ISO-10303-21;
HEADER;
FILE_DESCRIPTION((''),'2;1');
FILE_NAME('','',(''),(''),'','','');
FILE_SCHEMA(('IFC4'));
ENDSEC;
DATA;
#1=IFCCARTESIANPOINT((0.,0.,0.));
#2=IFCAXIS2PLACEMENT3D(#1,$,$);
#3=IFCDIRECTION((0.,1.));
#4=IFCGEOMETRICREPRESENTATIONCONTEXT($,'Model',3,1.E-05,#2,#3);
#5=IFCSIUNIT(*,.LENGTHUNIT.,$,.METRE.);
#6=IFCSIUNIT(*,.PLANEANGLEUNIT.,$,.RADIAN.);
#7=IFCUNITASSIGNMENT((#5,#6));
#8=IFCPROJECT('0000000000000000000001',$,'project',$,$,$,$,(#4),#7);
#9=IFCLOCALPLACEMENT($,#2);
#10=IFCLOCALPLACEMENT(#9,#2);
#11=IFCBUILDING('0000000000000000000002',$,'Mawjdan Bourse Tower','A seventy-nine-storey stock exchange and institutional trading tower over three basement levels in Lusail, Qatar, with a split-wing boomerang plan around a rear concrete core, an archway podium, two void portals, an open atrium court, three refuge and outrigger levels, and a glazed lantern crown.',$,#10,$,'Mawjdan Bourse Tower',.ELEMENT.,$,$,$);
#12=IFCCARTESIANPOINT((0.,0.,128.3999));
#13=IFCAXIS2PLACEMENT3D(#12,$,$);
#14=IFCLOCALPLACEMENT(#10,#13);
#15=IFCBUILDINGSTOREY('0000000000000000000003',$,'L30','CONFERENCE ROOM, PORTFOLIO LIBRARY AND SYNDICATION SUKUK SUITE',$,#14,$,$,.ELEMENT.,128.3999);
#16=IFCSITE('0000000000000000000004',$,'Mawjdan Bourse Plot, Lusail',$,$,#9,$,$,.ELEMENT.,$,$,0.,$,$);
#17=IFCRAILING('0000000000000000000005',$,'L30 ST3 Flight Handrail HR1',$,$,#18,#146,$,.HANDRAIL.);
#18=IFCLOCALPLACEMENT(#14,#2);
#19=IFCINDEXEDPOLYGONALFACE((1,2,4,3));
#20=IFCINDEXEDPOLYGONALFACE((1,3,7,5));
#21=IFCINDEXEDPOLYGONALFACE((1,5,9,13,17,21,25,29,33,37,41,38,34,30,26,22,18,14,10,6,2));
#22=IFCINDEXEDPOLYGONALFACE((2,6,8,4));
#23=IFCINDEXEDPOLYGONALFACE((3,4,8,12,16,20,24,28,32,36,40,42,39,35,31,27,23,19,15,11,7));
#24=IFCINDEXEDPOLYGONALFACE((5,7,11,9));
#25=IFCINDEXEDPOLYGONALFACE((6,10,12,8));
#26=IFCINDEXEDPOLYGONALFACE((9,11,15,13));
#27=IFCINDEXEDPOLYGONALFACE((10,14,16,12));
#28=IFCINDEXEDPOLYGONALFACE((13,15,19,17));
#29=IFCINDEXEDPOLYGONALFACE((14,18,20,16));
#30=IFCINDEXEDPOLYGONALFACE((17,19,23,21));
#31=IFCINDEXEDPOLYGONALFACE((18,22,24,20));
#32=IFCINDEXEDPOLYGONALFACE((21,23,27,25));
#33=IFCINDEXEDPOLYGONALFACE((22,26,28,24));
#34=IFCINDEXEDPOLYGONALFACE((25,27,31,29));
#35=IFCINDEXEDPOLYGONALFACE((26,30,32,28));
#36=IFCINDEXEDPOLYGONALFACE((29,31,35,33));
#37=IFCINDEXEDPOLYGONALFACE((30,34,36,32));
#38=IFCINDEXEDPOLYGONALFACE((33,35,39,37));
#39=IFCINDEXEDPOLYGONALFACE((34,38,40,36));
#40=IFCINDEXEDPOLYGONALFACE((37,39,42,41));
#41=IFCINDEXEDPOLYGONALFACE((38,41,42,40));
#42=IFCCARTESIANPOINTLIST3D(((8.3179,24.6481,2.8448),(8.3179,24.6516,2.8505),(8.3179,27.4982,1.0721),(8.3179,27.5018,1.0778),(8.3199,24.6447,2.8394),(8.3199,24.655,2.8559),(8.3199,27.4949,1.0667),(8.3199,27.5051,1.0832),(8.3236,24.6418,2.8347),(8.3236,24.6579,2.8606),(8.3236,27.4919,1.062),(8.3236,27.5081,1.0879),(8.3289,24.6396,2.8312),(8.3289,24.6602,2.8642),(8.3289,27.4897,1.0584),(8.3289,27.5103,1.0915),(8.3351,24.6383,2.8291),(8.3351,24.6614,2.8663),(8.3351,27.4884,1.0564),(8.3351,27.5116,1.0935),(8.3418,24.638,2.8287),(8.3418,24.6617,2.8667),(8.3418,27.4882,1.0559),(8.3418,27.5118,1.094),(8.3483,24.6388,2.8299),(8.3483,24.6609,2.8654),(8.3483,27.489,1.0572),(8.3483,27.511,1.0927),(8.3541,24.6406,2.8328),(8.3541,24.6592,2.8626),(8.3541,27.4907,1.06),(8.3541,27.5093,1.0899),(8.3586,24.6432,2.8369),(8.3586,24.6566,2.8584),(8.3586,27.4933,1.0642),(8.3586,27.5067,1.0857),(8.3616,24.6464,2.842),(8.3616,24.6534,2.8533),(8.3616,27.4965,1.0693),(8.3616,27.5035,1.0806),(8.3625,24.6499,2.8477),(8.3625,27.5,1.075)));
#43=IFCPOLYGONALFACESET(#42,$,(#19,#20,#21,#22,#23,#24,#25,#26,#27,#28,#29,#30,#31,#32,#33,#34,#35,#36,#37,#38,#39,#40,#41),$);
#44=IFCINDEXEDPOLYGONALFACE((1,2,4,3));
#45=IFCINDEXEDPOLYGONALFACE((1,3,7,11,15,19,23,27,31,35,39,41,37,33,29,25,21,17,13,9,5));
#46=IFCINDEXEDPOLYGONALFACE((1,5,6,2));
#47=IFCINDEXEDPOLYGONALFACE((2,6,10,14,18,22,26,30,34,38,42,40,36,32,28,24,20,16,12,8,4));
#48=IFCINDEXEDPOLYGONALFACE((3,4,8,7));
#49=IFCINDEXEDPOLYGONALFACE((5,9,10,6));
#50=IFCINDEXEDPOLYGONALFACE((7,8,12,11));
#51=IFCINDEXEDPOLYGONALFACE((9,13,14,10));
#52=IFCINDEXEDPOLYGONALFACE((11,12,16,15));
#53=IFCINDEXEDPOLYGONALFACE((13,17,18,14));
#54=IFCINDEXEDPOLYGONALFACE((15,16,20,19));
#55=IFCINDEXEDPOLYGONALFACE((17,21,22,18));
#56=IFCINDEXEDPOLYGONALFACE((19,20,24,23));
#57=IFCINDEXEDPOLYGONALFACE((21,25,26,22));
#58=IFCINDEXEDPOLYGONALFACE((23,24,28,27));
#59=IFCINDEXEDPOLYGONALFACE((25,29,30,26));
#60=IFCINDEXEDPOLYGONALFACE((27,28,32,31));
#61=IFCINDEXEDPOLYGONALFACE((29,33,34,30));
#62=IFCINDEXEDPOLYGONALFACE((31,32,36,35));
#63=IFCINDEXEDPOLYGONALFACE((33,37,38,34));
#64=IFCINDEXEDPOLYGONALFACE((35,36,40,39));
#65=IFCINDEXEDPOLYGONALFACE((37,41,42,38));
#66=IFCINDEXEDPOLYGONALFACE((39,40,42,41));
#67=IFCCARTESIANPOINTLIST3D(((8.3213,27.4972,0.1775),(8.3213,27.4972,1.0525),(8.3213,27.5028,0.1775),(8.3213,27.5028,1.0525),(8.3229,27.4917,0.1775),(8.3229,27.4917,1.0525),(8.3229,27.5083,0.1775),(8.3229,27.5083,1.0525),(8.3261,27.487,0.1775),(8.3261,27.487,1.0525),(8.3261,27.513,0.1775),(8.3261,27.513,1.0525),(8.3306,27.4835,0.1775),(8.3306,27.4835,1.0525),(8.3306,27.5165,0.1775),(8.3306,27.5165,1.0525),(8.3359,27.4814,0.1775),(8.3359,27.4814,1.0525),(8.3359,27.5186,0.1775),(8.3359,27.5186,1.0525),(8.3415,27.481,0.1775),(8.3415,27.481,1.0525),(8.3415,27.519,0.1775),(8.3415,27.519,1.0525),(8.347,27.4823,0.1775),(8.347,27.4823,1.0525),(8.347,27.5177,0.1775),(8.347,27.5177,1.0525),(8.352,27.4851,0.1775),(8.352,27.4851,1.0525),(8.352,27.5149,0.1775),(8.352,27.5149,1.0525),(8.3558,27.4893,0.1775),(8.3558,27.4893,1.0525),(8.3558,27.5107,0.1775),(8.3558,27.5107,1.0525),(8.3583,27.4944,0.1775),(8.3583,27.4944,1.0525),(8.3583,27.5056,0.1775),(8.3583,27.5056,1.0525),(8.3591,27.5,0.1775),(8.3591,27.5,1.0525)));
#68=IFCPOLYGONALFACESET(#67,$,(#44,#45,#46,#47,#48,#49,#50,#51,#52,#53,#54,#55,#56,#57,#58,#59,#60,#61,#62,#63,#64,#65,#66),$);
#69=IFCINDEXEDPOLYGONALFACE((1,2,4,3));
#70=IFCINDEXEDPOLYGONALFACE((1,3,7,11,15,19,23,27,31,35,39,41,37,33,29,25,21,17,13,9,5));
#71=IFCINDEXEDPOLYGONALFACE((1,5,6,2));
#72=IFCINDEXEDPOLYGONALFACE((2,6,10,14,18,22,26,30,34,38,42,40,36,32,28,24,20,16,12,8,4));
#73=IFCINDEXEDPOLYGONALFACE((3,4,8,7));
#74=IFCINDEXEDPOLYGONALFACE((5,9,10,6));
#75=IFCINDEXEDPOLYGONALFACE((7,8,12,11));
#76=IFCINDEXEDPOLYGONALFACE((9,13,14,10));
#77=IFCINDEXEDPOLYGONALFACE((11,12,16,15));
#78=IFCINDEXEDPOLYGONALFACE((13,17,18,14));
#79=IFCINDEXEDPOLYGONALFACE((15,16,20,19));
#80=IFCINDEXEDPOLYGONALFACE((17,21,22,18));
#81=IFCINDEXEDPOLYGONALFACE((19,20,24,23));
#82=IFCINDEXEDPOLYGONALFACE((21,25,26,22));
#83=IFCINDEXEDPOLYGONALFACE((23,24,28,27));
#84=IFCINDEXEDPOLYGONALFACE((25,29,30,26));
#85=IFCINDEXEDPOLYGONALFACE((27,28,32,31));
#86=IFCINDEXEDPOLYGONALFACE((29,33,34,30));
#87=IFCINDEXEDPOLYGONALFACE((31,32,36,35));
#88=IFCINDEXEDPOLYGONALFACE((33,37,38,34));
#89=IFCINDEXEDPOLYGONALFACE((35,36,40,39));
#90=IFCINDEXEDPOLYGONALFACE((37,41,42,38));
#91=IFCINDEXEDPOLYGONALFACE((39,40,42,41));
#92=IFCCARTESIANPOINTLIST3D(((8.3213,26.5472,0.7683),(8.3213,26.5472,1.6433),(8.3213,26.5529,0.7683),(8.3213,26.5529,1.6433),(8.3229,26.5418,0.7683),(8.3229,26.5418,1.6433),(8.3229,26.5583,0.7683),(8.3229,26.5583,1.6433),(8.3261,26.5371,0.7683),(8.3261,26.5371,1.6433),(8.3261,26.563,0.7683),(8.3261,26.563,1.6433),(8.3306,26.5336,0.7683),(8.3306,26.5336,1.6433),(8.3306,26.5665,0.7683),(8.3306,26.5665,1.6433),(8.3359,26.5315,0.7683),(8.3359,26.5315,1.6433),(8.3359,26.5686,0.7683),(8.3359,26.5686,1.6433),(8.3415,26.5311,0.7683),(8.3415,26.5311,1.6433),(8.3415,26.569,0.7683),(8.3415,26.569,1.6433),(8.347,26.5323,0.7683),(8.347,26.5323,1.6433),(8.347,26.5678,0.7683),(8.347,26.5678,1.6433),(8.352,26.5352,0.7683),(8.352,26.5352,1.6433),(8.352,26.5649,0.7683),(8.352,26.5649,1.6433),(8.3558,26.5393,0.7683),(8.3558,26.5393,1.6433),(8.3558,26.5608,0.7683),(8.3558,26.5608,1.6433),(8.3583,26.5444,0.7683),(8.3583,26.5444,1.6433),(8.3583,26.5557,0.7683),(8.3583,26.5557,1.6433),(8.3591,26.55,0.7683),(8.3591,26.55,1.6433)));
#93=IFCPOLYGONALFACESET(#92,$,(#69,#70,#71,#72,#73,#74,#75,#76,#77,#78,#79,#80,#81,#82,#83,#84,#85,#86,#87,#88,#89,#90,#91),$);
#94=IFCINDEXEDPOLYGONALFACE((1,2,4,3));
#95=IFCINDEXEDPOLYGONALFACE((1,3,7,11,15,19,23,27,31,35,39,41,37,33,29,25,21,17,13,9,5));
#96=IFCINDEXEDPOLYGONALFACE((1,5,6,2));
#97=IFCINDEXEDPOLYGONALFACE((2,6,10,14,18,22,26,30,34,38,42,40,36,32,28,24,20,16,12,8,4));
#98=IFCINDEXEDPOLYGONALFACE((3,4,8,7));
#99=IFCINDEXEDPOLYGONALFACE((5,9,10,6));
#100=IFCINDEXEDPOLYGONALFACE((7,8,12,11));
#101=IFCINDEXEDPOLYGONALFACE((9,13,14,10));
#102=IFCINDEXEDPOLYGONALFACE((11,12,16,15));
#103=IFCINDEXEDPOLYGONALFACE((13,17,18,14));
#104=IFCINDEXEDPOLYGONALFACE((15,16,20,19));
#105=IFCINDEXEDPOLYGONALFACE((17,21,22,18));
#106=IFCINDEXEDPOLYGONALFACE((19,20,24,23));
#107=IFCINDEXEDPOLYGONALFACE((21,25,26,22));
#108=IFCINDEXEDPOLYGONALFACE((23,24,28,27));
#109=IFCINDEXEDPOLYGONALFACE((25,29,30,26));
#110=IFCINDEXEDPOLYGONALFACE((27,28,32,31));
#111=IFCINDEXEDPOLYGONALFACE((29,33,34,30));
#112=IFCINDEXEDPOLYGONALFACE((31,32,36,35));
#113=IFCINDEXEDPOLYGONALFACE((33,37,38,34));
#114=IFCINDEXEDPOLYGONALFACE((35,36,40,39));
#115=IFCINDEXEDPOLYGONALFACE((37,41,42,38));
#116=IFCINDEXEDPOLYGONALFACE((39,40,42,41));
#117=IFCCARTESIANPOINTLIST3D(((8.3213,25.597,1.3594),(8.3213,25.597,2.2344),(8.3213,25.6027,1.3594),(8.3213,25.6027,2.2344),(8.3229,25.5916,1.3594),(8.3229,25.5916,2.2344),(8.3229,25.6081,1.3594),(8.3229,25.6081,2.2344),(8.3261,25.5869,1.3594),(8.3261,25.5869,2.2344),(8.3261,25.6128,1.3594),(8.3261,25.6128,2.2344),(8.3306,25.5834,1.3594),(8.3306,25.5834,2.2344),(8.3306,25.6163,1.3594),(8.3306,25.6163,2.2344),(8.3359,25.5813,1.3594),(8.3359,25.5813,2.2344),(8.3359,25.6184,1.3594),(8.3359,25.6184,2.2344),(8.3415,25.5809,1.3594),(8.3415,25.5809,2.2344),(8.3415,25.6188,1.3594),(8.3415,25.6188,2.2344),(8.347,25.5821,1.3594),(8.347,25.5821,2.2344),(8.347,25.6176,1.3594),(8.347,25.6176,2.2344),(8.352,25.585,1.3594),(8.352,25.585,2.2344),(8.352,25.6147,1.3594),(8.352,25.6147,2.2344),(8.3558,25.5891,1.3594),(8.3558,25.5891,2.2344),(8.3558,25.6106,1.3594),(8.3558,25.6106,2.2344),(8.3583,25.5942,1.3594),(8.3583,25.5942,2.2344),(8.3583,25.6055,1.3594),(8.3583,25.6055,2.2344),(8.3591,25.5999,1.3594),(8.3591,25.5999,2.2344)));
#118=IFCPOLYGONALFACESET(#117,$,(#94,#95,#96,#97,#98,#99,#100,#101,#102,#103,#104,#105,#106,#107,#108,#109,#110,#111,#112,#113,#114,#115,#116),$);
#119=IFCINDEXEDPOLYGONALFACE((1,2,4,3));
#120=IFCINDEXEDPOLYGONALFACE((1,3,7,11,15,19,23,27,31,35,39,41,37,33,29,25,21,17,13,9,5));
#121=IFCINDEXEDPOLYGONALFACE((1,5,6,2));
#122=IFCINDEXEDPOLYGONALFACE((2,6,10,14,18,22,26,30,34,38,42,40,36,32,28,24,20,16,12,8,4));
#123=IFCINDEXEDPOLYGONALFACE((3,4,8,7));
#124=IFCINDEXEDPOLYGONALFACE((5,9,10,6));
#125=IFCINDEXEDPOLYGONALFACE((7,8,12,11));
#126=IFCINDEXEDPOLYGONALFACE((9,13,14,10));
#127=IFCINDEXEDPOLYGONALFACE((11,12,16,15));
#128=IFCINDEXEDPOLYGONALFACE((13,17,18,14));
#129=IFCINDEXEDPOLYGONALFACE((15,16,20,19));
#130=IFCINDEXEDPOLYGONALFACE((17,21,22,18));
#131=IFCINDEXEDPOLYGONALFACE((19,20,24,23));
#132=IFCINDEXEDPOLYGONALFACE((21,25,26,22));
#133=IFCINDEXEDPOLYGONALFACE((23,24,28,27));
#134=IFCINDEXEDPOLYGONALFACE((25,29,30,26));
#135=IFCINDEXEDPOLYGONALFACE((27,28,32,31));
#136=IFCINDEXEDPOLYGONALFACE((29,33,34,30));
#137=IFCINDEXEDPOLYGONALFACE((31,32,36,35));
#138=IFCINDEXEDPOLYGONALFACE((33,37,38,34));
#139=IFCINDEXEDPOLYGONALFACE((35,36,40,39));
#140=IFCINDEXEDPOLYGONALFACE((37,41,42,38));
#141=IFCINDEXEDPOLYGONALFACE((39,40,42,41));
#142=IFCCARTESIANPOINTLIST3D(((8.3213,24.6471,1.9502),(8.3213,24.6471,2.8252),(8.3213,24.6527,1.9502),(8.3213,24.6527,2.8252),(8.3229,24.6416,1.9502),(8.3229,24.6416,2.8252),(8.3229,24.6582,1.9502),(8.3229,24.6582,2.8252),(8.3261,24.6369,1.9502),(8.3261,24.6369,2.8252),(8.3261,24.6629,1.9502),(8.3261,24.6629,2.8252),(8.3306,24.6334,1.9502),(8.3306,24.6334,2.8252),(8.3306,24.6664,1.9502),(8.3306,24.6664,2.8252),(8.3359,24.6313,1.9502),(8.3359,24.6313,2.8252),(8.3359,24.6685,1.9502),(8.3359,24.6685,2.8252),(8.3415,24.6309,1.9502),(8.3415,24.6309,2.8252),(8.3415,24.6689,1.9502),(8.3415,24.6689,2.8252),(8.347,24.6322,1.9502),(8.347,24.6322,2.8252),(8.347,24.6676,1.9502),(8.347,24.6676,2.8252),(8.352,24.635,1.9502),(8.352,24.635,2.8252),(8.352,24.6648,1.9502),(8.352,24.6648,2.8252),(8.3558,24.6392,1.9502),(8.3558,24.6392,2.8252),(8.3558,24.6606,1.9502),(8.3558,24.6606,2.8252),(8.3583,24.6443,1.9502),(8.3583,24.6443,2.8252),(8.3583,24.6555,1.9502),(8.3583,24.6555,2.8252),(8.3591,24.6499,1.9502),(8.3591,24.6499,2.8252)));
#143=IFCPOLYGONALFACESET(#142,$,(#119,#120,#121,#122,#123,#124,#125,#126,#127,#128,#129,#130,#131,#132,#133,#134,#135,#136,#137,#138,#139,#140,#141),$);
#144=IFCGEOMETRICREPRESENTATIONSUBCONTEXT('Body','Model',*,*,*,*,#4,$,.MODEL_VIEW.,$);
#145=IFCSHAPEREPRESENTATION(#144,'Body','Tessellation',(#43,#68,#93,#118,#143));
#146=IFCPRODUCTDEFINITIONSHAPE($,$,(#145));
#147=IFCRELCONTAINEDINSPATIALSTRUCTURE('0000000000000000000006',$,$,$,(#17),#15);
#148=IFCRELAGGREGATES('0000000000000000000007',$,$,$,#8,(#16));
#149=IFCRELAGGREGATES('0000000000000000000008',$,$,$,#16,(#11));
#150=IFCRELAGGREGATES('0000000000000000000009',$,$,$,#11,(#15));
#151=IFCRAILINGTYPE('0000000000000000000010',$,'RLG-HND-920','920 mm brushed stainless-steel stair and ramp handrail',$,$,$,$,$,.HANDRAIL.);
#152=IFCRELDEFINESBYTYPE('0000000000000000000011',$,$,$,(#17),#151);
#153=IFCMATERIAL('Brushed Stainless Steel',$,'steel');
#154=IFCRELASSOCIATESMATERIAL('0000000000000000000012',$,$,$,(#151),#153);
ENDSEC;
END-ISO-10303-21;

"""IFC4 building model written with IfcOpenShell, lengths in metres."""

from ifc_helpers import new_model, si_unit, direction, frame, origin, origin_2d, place, context, subcontext, project, spatial, circle, extrude, material, type_object, element, save


model = new_model("IFC4")

# Units and contexts
model_context = context("Model", 3, precision=1e-05, world=origin(), true_north=direction((0.0, 1.0)))
body_context = subcontext(model_context, "Body", "Model", "MODEL_VIEW")
ifc_project = project(units=[si_unit("LENGTHUNIT", "METRE"), si_unit("PLANEANGLEUNIT", "RADIAN")], contexts=[model_context])

# Site, building, storey
site_placement = place(None, origin())
site = spatial("IfcSite", under=ifc_project, at=site_placement, Name="Mawjdan Bourse Plot, Lusail", CompositionType="ELEMENT", RefElevation=0.0)
building_placement = place(site_placement, origin())
building = spatial("IfcBuilding", under=site, at=building_placement, Name="Mawjdan Bourse Tower", Description="A seventy-nine-storey stock exchange and institutional trading tower over three basement levels in Lusail, Qatar, with a split-wing boomerang plan around a rear concrete core, an archway podium, two void portals, an open atrium court, three refuge and outrigger levels, and a glazed lantern crown.", LongName="Mawjdan Bourse Tower", CompositionType="ELEMENT")
storey_placement = place(building_placement, frame((0.0, 0.0, 128.3999)))
storey = spatial("IfcBuildingStorey", under=building, at=storey_placement, Name="L30", Description="CONFERENCE ROOM, PORTFOLIO LIBRARY AND SYNDICATION SUKUK SUITE", CompositionType="ELEMENT", Elevation=128.3999)

# Railing
ifc_material_1 = material(Name="Brushed Stainless Steel", Category="steel")
railing_type_1 = type_object("IfcRailingType", Name="RLG-HND-920", Description="920 mm brushed stainless-steel stair and ramp handrail", PredefinedType="HANDRAIL", material=ifc_material_1)
railing_1_placement = place(storey_placement, frame((8.3401, 27.5, 0.1775)))
element("IfcRailing", 1, at=railing_1_placement, inside=storey, type_object=railing_type_1, Name="L30 ST3 Flight Handrail HR1", PredefinedType="HANDRAIL", context=body_context, shape_type="SweptSolid", body=[
    extrude(circle(Radius=0.0225, at=origin_2d()), frame((0.0, 0.0, 0.8975), z_axis=(0.0, -0.849149, 0.528154), x_axis=(1.0, 0.0, 0.0)), (0.0, 0.0, 1.0), 3.3564),
    extrude(circle(Radius=0.019, at=origin_2d()), origin(), (0.0, 0.0, 1.0), 0.875),
    extrude(circle(Radius=0.019, at=origin_2d()), frame((0.0, -0.95, 0.5908)), (0.0, 0.0, 1.0), 0.875),
    extrude(circle(Radius=0.019, at=origin_2d()), frame((0.0, -1.9001, 1.1819)), (0.0, 0.0, 1.0), 0.875),
    extrude(circle(Radius=0.019, at=origin_2d()), frame((0.0, -2.8501, 1.7727)), (0.0, 0.0, 1.0), 0.875),
])

save(model, "model.ifc")
